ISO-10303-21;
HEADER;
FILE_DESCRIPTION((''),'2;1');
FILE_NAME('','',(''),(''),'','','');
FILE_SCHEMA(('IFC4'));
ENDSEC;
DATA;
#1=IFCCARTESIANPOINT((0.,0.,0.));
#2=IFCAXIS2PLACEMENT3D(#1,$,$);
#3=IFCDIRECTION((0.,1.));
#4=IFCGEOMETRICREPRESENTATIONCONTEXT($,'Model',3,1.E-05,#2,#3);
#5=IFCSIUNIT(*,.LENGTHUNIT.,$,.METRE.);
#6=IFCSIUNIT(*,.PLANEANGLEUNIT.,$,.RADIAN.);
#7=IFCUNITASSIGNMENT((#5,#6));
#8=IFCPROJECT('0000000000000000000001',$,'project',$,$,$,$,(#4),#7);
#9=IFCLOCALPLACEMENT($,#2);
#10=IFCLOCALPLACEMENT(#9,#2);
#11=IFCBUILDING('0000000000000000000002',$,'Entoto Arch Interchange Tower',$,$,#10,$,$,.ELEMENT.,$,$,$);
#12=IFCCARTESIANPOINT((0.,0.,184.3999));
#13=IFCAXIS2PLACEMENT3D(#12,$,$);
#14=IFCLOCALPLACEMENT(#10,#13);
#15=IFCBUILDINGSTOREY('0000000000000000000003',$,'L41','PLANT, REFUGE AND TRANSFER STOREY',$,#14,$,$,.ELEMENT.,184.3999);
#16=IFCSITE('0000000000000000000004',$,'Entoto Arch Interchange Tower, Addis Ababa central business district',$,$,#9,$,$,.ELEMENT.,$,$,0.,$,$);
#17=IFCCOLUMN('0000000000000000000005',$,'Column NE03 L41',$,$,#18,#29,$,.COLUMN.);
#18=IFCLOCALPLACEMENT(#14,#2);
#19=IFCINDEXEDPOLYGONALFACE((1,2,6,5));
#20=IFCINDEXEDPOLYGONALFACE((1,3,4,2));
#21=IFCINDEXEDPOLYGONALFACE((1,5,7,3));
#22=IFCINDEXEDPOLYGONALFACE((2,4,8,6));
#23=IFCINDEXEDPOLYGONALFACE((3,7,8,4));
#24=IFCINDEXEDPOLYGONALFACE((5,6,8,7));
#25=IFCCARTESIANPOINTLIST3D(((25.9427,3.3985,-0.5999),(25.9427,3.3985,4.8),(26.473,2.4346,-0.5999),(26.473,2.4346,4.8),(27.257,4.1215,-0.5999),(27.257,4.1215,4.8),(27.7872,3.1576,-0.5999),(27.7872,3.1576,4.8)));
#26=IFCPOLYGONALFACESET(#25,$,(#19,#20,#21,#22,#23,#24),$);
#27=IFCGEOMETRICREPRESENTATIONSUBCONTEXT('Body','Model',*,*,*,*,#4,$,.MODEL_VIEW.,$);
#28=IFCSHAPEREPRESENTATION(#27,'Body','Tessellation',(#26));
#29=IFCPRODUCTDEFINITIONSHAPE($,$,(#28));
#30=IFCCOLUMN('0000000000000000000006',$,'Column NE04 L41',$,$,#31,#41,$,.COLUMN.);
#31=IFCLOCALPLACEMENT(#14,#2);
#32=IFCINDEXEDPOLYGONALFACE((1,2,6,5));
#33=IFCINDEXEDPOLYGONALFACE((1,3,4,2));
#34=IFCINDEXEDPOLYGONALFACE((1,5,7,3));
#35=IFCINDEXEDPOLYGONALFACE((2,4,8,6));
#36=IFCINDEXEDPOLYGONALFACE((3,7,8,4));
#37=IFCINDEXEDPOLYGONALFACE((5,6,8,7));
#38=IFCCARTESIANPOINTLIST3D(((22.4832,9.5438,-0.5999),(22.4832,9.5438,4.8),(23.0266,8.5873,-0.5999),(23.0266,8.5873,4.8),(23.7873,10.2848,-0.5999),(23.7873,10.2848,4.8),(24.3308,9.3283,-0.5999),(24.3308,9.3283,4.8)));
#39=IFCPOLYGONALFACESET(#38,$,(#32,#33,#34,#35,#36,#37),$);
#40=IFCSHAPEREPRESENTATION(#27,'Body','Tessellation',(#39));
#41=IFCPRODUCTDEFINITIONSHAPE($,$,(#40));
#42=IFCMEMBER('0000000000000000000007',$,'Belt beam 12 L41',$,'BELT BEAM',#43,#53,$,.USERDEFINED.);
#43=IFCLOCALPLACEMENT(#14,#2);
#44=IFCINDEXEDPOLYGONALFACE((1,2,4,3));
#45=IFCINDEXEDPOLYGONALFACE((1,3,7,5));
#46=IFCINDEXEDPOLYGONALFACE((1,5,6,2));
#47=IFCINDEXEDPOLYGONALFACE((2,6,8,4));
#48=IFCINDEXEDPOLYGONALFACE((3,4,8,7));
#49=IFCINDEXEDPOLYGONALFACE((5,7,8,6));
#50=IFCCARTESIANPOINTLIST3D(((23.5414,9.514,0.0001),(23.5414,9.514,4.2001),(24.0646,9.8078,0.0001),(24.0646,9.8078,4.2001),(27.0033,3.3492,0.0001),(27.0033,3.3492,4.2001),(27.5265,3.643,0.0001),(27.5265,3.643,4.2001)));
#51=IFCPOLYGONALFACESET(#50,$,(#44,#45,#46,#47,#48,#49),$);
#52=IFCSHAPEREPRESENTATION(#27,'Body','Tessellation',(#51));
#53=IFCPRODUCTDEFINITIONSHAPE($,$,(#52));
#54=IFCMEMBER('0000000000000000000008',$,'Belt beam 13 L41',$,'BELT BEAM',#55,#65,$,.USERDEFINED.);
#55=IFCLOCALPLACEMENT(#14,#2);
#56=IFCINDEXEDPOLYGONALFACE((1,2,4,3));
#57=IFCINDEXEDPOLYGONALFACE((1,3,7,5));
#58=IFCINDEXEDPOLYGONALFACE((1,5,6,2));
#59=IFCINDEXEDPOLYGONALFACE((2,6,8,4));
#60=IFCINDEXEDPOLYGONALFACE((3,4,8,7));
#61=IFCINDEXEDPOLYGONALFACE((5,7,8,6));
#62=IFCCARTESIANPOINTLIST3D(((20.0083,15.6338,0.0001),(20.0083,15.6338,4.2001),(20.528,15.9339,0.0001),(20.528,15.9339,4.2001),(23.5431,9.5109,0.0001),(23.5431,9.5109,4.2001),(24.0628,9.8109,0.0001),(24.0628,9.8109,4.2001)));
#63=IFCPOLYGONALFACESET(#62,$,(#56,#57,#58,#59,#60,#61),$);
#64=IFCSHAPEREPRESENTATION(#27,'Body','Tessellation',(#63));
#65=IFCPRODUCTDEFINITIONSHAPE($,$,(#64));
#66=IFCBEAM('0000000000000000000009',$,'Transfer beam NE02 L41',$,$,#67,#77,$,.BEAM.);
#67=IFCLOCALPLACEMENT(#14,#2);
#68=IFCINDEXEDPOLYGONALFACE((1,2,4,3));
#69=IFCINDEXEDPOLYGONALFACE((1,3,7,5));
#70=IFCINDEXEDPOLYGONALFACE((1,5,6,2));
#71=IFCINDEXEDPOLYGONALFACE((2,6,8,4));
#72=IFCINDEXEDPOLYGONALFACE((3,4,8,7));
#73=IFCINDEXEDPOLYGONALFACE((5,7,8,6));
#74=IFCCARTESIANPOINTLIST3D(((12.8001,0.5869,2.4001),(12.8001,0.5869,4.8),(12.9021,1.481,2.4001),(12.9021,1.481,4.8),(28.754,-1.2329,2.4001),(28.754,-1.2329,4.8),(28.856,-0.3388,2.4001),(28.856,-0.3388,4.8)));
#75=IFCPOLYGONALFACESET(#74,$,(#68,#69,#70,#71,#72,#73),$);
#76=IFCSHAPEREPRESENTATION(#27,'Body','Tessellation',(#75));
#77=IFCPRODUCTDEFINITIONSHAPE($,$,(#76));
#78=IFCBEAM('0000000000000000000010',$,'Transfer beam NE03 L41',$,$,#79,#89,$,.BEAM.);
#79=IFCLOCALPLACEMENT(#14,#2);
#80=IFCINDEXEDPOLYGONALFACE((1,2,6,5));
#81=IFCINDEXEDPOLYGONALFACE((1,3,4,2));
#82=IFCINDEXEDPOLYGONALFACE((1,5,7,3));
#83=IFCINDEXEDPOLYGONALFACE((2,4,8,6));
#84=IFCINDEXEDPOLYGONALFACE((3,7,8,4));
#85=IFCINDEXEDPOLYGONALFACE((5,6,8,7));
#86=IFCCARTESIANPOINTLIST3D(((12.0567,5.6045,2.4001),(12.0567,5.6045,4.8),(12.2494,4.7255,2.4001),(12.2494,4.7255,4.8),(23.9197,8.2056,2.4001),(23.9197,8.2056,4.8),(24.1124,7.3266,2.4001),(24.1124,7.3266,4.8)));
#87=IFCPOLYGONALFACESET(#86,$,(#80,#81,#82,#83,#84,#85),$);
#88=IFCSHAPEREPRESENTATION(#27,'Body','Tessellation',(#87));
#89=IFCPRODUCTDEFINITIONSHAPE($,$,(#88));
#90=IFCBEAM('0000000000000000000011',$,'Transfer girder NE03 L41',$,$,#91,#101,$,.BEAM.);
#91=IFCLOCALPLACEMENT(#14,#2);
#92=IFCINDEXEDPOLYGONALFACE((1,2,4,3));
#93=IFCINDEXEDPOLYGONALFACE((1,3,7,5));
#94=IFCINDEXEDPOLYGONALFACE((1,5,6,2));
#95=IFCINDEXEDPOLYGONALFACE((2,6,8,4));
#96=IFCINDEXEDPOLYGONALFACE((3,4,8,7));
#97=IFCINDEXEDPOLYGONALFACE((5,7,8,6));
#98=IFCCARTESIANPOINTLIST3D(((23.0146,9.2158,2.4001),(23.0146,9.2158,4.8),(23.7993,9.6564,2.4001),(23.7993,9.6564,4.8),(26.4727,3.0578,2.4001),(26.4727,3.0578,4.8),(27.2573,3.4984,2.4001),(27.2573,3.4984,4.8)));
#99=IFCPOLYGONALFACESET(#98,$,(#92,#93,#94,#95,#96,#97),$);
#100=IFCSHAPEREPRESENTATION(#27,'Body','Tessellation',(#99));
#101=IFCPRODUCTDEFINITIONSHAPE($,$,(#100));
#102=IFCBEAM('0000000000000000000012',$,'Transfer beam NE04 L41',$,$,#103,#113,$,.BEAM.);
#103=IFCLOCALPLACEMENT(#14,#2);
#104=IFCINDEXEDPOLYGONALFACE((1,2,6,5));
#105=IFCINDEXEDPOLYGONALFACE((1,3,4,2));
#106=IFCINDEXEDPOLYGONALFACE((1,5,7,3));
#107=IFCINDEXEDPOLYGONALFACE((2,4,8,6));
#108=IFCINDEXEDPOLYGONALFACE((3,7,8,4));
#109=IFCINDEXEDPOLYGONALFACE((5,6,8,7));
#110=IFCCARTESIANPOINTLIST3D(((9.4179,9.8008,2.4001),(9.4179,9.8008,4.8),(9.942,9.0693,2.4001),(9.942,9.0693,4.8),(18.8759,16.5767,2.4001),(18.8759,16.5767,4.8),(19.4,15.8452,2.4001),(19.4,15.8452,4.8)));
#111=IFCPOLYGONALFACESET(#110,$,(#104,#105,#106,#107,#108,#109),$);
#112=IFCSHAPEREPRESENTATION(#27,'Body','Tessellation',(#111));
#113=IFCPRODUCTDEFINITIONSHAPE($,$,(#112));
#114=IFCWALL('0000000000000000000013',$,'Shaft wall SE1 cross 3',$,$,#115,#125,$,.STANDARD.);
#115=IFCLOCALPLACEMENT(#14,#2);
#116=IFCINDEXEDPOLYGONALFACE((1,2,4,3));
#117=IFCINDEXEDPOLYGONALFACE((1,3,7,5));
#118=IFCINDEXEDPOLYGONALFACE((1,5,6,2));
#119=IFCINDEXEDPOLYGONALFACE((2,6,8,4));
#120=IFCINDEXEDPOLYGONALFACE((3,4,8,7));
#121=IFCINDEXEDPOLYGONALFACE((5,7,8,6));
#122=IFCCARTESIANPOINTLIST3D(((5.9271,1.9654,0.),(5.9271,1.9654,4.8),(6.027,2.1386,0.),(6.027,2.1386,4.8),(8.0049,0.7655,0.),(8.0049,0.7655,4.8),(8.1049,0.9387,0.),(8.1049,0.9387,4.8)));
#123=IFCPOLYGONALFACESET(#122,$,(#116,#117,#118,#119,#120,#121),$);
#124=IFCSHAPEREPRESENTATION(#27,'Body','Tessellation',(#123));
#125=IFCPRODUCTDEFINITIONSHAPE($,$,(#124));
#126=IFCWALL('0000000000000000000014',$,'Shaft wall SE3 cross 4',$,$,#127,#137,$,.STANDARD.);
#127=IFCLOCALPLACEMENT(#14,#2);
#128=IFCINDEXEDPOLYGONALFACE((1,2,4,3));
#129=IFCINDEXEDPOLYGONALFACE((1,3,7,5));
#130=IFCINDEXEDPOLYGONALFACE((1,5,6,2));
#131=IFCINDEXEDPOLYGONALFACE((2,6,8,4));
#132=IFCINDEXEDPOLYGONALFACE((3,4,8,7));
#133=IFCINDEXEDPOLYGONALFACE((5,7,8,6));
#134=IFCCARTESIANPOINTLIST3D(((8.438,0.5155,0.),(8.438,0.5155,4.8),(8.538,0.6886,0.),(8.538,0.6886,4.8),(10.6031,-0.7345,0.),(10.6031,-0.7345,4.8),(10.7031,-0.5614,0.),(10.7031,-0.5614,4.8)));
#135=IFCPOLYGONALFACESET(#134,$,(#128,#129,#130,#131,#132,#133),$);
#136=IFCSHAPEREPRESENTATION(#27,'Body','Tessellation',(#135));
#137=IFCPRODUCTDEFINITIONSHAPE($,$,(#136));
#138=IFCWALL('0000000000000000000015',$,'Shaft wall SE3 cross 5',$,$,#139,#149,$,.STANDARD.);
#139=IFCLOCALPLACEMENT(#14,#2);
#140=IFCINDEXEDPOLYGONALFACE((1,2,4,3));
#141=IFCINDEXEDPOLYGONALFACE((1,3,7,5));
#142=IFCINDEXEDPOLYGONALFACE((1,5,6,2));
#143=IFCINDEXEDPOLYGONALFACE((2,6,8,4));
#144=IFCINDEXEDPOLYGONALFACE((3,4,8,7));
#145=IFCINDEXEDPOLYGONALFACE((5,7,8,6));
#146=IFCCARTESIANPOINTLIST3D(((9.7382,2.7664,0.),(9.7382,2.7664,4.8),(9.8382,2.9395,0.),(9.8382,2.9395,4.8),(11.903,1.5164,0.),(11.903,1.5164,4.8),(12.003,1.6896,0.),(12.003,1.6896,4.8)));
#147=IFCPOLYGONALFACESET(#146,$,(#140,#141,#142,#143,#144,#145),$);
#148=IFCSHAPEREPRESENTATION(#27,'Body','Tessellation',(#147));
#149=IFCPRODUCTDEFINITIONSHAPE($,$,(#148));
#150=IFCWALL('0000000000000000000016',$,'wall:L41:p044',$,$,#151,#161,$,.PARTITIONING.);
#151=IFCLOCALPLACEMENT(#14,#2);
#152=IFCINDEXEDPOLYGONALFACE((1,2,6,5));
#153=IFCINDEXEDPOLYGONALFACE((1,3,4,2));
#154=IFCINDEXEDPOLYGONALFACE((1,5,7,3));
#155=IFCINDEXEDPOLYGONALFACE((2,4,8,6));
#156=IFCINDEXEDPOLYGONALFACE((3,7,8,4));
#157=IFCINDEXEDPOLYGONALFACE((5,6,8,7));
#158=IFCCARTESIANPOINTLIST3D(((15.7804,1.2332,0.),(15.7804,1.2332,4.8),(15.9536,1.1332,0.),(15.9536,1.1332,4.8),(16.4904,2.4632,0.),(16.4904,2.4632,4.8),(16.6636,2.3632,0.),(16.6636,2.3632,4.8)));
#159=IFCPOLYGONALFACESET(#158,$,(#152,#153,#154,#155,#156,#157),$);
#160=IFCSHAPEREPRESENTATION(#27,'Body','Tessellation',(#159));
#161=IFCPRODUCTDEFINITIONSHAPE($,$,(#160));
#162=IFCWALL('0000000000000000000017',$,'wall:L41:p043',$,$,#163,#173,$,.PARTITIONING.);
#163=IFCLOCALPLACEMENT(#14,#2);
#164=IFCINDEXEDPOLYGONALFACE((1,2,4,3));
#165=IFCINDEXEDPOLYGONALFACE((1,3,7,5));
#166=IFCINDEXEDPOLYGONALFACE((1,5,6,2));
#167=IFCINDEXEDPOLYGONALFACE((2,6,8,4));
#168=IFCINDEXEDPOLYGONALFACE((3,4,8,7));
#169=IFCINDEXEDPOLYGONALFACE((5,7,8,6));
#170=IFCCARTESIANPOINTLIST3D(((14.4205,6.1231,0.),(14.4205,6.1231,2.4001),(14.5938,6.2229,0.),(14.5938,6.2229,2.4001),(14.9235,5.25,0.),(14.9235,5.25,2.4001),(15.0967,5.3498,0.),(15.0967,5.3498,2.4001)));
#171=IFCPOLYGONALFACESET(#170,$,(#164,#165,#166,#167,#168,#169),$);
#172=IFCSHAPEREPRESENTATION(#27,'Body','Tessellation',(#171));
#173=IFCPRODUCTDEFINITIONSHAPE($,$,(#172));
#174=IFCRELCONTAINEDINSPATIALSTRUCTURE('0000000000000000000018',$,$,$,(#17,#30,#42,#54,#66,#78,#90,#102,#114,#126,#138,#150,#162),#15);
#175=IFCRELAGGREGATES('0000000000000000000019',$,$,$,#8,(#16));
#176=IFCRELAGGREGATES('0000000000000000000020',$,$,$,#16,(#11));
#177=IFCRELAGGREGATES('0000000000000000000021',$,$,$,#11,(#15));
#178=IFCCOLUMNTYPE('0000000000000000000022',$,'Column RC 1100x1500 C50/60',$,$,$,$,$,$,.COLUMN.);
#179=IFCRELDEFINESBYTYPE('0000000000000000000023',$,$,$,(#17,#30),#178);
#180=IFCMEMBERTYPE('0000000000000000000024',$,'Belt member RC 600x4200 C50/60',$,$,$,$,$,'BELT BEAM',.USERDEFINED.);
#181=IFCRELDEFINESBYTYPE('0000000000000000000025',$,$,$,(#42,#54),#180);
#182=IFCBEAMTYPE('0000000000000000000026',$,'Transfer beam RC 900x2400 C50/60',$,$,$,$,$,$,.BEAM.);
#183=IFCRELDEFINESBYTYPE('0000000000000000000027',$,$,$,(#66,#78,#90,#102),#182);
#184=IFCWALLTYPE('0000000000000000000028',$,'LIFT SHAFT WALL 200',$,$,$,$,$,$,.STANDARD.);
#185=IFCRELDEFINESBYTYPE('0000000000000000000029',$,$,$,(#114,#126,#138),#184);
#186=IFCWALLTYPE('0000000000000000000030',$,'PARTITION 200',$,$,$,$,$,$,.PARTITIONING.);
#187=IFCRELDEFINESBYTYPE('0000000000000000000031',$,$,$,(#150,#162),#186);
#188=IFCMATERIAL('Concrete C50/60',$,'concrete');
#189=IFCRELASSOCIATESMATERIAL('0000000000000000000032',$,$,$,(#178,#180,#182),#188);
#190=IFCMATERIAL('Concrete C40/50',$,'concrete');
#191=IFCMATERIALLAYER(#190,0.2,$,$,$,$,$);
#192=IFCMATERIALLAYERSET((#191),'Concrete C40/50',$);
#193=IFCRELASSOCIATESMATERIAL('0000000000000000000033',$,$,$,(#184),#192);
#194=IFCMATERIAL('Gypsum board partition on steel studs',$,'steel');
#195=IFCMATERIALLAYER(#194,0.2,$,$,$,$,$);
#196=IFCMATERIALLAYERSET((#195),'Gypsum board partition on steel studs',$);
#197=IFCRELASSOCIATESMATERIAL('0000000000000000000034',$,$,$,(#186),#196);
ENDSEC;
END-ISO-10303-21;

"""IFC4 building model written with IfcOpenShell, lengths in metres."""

from ifc_helpers import new_model, si_unit, direction, frame, frame_2d, origin, origin_2d, place, context, subcontext, project, spatial, rectangle, extrude, material, layer, layer_set, material_profile, profile_set, type_object, element, save


model = new_model("IFC4")

# Units and contexts
model_context = context("Model", 3, precision=1e-05, world=origin(), true_north=direction((0.0, 1.0)))
body_context = subcontext(model_context, "Body", "Model", "MODEL_VIEW")
ifc_project = project(units=[si_unit("LENGTHUNIT", "METRE"), si_unit("PLANEANGLEUNIT", "RADIAN")], contexts=[model_context])

# Site, building, storey
site_placement = place(None, origin())
site = spatial("IfcSite", under=ifc_project, at=site_placement, Name="Entoto Arch Interchange Tower, Addis Ababa central business district", CompositionType="ELEMENT", RefElevation=0.0)
building_placement = place(site_placement, origin())
building = spatial("IfcBuilding", under=site, at=building_placement, Name="Entoto Arch Interchange Tower", CompositionType="ELEMENT")
storey_placement = place(building_placement, frame((0.0, 0.0, 184.3999)))
storey = spatial("IfcBuildingStorey", under=building, at=storey_placement, Name="L41", Description="PLANT, REFUGE AND TRANSFER STOREY", CompositionType="ELEMENT", Elevation=184.3999)

# Columns
ifc_material_1 = material(Name="Concrete C50/60", Category="concrete")
ifc_material_profile_1 = material_profile(ifc_material_1, rectangle(XDim=1.1001, YDim=1.5, at=origin_2d()))
ifc_profile_set_1 = profile_set([ifc_material_profile_1], Name="Concrete C50/60")
column_type = type_object("IfcColumnType", Name="Column RC 1100x1500 C50/60", PredefinedType="COLUMN", material=ifc_profile_set_1)
for number, where, z_axis, x_axis, name in (
    (1, (26.865, 3.2781, -0.5999), (0.0, 0.0, 1.0), (-0.481983, 0.876181, 0.0), "Column NE03 L41"),
    (2, (23.407, 9.436, -0.5999), (0.0, 0.0, 1.0), (-0.494018, 0.869452, 0.0), "Column NE04 L41"),
):
    element("IfcColumn", number, at=place(storey_placement, frame(where, z_axis=z_axis, x_axis=x_axis)), inside=storey, type_object=column_type, Name=name, PredefinedType="COLUMN", context=body_context, shape_type="SweptSolid", body=[
        extrude(rectangle(XDim=1.1001, YDim=1.5, at=origin_2d()), origin(), (0.0, 0.0, 1.0), 5.3999),
    ])

# Members
ifc_material_profile_2 = material_profile(ifc_material_1, rectangle(XDim=0.6001, YDim=4.2, at=origin_2d()))
ifc_profile_set_2 = profile_set([ifc_material_profile_2], Name="Concrete C50/60")
member_type = type_object("IfcMemberType", Name="Belt member RC 600x4200 C50/60", ElementType="BELT BEAM", PredefinedType="USERDEFINED", material=ifc_profile_set_2)
member_1_placement = place(storey_placement, frame((27.2649, 3.4961, 2.1001), z_axis=(-0.48964, 0.871925, 0.0), x_axis=(-0.871925, -0.48964, 0.0)))
element("IfcMember", 3, at=member_1_placement, inside=storey, type_object=member_type, Name="Belt beam 12 L41", ObjectType="BELT BEAM", PredefinedType="USERDEFINED", context=body_context, shape_type="SweptSolid", body=[
    extrude(rectangle(XDim=0.6001, YDim=4.2, at=origin_2d()), origin(), (0.0, 0.0, 1.0), 7.0703),
])
member_2_placement = place(storey_placement, frame((23.803, 9.6609, 2.1001), z_axis=(-0.499976, 0.86604, 0.0), x_axis=(-0.86604, -0.499976, 0.0)))
element("IfcMember", 4, at=member_2_placement, inside=storey, type_object=member_type, Name="Belt beam 13 L41", ObjectType="BELT BEAM", PredefinedType="USERDEFINED", context=body_context, shape_type="SweptSolid", body=[
    extrude(rectangle(XDim=0.6001, YDim=4.2, at=origin_2d()), origin(), (0.0, 0.0, 1.0), 7.0701),
])

# Beams
ifc_material_profile_3 = material_profile(ifc_material_1, rectangle(XDim=0.8999, YDim=2.3999, at=origin_2d()))
ifc_profile_set_3 = profile_set([ifc_material_profile_3], Name="Concrete C50/60")
beam_type = type_object("IfcBeamType", Name="Transfer beam RC 900x2400 C50/60", PredefinedType="BEAM", material=ifc_profile_set_3)
beam_1_placement = place(storey_placement, frame((12.8511, 1.0339, 3.6001), z_axis=(0.993557, -0.113333, 0.0), x_axis=(0.113333, 0.993557, 0.0)))
element("IfcBeam", 5, at=beam_1_placement, inside=storey, type_object=beam_type, Name="Transfer beam NE02 L41", PredefinedType="BEAM", context=body_context, shape_type="SweptSolid", body=[
    extrude(rectangle(XDim=0.8999, YDim=2.3999, at=origin_2d()), origin(), (0.0, 0.0, 1.0), 16.0574),
])
beam_2_placement = place(storey_placement, frame((12.1531, 5.165, 3.6001), z_axis=(0.976796, 0.214171, 0.0), x_axis=(-0.214171, 0.976796, 0.0)))
element("IfcBeam", 6, at=beam_2_placement, inside=storey, type_object=beam_type, Name="Transfer beam NE03 L41", PredefinedType="BEAM", context=body_context, shape_type="SweptSolid", body=[
    extrude(rectangle(XDim=0.8999, YDim=2.3999, at=origin_2d()), origin(), (0.0, 0.0, 1.0), 12.1448),
])
beam_3_placement = place(storey_placement, frame((26.865, 3.2781, 3.6001), z_axis=(-0.489633, 0.871929, 0.0), x_axis=(-0.871929, -0.489633, 0.0)))
element("IfcBeam", 7, at=beam_3_placement, inside=storey, type_object=beam_type, Name="Transfer girder NE03 L41", PredefinedType="BEAM", context=body_context, shape_type="SweptSolid", body=[
    extrude(rectangle(XDim=0.8999, YDim=2.3999, at=origin_2d()), origin(), (0.0, 0.0, 1.0), 7.0625),
])
beam_4_placement = place(storey_placement, frame((9.6799, 9.4351, 3.6001), z_axis=(0.812913, 0.582385, 0.0), x_axis=(-0.582385, 0.812913, 0.0)))
element("IfcBeam", 8, at=beam_4_placement, inside=storey, type_object=beam_type, Name="Transfer beam NE04 L41", PredefinedType="BEAM", context=body_context, shape_type="SweptSolid", body=[
    extrude(rectangle(XDim=0.8999, YDim=2.3999, at=origin_2d()), origin(), (0.0, 0.0, 1.0), 11.6348),
])

# Walls
ifc_material_2 = material(Name="Concrete C40/50", Category="concrete")
ifc_layer_1 = layer(ifc_material_2, 0.2)
ifc_layer_set_1 = layer_set([ifc_layer_1], Name="Concrete C40/50")
wall_type_1 = type_object("IfcWallType", Name="LIFT SHAFT WALL 200", PredefinedType="STANDARD", material=ifc_layer_set_1)
wall_1_placement = place(storey_placement, frame((5.9771, 2.052, 0.0), z_axis=(0.0, 0.0, 1.0), x_axis=(0.865974, -0.500089, 0.0)))
element("IfcWall", 9, at=wall_1_placement, inside=storey, type_object=wall_type_1, Name="Shaft wall SE1 cross 3", PredefinedType="STANDARD", context=body_context, shape_type="SweptSolid", body=[
    extrude(rectangle(XDim=2.3994, YDim=0.2, at=frame_2d((1.1997, 0.0))), origin(), (0.0, 0.0, 1.0), 4.8),
])
wall_2_placement = place(storey_placement, frame((8.488, 0.6021, 0.0), z_axis=(0.0, 0.0, 1.0), x_axis=(0.866023, -0.500004, 0.0)))
element("IfcWall", 10, at=wall_2_placement, inside=storey, type_object=wall_type_1, Name="Shaft wall SE3 cross 4", PredefinedType="STANDARD", context=body_context, shape_type="SweptSolid", body=[
    extrude(rectangle(XDim=2.5, YDim=0.2, at=frame_2d((1.25, 0.0))), origin(), (0.0, 0.0, 1.0), 4.8),
])
wall_3_placement = place(storey_placement, frame((9.7881, 2.853, 0.0), z_axis=(0.0, 0.0, 1.0), x_axis=(0.865999, -0.500047, 0.0)))
element("IfcWall", 11, at=wall_3_placement, inside=storey, type_object=wall_type_1, Name="Shaft wall SE3 cross 5", PredefinedType="STANDARD", context=body_context, shape_type="SweptSolid", body=[
    extrude(rectangle(XDim=2.4998, YDim=0.2, at=frame_2d((1.25, 0.0))), origin(), (0.0, 0.0, 1.0), 4.8),
])
ifc_material_3 = material(Name="Gypsum board partition on steel studs", Category="steel")
ifc_layer_2 = layer(ifc_material_3, 0.2)
ifc_layer_set_2 = layer_set([ifc_layer_2], Name="Gypsum board partition on steel studs")
wall_type_2 = type_object("IfcWallType", Name="PARTITION 200", PredefinedType="PARTITIONING", material=ifc_layer_set_2)
wall_4_placement = place(storey_placement, frame((16.5769, 2.4131, 0.0), z_axis=(0.0, 0.0, 1.0), x_axis=(-0.499911, -0.866077, 0.0)))
element("IfcWall", 12, at=wall_4_placement, inside=storey, type_object=wall_type_2, Name="wall:L41:p044", PredefinedType="PARTITIONING", context=body_context, shape_type="SweptSolid", body=[
    extrude(rectangle(XDim=1.4202, YDim=0.2, at=frame_2d((0.71, 0.0))), origin(), (0.0, 0.0, 1.0), 4.8),
])
wall_5_placement = place(storey_placement, frame((14.5071, 6.1731, 0.0), z_axis=(0.0, 0.0, 1.0), x_axis=(0.499163, -0.866508, 0.0)))
element("IfcWall", 13, at=wall_5_placement, inside=storey, type_object=wall_type_2, Name="wall:L41:p043", PredefinedType="PARTITIONING", context=body_context, shape_type="SweptSolid", body=[
    extrude(rectangle(XDim=1.0076, YDim=0.2, at=frame_2d((0.5039, 0.0))), origin(), (0.0, 0.0, 1.0), 2.4001),
])

save(model, "model.ifc")
